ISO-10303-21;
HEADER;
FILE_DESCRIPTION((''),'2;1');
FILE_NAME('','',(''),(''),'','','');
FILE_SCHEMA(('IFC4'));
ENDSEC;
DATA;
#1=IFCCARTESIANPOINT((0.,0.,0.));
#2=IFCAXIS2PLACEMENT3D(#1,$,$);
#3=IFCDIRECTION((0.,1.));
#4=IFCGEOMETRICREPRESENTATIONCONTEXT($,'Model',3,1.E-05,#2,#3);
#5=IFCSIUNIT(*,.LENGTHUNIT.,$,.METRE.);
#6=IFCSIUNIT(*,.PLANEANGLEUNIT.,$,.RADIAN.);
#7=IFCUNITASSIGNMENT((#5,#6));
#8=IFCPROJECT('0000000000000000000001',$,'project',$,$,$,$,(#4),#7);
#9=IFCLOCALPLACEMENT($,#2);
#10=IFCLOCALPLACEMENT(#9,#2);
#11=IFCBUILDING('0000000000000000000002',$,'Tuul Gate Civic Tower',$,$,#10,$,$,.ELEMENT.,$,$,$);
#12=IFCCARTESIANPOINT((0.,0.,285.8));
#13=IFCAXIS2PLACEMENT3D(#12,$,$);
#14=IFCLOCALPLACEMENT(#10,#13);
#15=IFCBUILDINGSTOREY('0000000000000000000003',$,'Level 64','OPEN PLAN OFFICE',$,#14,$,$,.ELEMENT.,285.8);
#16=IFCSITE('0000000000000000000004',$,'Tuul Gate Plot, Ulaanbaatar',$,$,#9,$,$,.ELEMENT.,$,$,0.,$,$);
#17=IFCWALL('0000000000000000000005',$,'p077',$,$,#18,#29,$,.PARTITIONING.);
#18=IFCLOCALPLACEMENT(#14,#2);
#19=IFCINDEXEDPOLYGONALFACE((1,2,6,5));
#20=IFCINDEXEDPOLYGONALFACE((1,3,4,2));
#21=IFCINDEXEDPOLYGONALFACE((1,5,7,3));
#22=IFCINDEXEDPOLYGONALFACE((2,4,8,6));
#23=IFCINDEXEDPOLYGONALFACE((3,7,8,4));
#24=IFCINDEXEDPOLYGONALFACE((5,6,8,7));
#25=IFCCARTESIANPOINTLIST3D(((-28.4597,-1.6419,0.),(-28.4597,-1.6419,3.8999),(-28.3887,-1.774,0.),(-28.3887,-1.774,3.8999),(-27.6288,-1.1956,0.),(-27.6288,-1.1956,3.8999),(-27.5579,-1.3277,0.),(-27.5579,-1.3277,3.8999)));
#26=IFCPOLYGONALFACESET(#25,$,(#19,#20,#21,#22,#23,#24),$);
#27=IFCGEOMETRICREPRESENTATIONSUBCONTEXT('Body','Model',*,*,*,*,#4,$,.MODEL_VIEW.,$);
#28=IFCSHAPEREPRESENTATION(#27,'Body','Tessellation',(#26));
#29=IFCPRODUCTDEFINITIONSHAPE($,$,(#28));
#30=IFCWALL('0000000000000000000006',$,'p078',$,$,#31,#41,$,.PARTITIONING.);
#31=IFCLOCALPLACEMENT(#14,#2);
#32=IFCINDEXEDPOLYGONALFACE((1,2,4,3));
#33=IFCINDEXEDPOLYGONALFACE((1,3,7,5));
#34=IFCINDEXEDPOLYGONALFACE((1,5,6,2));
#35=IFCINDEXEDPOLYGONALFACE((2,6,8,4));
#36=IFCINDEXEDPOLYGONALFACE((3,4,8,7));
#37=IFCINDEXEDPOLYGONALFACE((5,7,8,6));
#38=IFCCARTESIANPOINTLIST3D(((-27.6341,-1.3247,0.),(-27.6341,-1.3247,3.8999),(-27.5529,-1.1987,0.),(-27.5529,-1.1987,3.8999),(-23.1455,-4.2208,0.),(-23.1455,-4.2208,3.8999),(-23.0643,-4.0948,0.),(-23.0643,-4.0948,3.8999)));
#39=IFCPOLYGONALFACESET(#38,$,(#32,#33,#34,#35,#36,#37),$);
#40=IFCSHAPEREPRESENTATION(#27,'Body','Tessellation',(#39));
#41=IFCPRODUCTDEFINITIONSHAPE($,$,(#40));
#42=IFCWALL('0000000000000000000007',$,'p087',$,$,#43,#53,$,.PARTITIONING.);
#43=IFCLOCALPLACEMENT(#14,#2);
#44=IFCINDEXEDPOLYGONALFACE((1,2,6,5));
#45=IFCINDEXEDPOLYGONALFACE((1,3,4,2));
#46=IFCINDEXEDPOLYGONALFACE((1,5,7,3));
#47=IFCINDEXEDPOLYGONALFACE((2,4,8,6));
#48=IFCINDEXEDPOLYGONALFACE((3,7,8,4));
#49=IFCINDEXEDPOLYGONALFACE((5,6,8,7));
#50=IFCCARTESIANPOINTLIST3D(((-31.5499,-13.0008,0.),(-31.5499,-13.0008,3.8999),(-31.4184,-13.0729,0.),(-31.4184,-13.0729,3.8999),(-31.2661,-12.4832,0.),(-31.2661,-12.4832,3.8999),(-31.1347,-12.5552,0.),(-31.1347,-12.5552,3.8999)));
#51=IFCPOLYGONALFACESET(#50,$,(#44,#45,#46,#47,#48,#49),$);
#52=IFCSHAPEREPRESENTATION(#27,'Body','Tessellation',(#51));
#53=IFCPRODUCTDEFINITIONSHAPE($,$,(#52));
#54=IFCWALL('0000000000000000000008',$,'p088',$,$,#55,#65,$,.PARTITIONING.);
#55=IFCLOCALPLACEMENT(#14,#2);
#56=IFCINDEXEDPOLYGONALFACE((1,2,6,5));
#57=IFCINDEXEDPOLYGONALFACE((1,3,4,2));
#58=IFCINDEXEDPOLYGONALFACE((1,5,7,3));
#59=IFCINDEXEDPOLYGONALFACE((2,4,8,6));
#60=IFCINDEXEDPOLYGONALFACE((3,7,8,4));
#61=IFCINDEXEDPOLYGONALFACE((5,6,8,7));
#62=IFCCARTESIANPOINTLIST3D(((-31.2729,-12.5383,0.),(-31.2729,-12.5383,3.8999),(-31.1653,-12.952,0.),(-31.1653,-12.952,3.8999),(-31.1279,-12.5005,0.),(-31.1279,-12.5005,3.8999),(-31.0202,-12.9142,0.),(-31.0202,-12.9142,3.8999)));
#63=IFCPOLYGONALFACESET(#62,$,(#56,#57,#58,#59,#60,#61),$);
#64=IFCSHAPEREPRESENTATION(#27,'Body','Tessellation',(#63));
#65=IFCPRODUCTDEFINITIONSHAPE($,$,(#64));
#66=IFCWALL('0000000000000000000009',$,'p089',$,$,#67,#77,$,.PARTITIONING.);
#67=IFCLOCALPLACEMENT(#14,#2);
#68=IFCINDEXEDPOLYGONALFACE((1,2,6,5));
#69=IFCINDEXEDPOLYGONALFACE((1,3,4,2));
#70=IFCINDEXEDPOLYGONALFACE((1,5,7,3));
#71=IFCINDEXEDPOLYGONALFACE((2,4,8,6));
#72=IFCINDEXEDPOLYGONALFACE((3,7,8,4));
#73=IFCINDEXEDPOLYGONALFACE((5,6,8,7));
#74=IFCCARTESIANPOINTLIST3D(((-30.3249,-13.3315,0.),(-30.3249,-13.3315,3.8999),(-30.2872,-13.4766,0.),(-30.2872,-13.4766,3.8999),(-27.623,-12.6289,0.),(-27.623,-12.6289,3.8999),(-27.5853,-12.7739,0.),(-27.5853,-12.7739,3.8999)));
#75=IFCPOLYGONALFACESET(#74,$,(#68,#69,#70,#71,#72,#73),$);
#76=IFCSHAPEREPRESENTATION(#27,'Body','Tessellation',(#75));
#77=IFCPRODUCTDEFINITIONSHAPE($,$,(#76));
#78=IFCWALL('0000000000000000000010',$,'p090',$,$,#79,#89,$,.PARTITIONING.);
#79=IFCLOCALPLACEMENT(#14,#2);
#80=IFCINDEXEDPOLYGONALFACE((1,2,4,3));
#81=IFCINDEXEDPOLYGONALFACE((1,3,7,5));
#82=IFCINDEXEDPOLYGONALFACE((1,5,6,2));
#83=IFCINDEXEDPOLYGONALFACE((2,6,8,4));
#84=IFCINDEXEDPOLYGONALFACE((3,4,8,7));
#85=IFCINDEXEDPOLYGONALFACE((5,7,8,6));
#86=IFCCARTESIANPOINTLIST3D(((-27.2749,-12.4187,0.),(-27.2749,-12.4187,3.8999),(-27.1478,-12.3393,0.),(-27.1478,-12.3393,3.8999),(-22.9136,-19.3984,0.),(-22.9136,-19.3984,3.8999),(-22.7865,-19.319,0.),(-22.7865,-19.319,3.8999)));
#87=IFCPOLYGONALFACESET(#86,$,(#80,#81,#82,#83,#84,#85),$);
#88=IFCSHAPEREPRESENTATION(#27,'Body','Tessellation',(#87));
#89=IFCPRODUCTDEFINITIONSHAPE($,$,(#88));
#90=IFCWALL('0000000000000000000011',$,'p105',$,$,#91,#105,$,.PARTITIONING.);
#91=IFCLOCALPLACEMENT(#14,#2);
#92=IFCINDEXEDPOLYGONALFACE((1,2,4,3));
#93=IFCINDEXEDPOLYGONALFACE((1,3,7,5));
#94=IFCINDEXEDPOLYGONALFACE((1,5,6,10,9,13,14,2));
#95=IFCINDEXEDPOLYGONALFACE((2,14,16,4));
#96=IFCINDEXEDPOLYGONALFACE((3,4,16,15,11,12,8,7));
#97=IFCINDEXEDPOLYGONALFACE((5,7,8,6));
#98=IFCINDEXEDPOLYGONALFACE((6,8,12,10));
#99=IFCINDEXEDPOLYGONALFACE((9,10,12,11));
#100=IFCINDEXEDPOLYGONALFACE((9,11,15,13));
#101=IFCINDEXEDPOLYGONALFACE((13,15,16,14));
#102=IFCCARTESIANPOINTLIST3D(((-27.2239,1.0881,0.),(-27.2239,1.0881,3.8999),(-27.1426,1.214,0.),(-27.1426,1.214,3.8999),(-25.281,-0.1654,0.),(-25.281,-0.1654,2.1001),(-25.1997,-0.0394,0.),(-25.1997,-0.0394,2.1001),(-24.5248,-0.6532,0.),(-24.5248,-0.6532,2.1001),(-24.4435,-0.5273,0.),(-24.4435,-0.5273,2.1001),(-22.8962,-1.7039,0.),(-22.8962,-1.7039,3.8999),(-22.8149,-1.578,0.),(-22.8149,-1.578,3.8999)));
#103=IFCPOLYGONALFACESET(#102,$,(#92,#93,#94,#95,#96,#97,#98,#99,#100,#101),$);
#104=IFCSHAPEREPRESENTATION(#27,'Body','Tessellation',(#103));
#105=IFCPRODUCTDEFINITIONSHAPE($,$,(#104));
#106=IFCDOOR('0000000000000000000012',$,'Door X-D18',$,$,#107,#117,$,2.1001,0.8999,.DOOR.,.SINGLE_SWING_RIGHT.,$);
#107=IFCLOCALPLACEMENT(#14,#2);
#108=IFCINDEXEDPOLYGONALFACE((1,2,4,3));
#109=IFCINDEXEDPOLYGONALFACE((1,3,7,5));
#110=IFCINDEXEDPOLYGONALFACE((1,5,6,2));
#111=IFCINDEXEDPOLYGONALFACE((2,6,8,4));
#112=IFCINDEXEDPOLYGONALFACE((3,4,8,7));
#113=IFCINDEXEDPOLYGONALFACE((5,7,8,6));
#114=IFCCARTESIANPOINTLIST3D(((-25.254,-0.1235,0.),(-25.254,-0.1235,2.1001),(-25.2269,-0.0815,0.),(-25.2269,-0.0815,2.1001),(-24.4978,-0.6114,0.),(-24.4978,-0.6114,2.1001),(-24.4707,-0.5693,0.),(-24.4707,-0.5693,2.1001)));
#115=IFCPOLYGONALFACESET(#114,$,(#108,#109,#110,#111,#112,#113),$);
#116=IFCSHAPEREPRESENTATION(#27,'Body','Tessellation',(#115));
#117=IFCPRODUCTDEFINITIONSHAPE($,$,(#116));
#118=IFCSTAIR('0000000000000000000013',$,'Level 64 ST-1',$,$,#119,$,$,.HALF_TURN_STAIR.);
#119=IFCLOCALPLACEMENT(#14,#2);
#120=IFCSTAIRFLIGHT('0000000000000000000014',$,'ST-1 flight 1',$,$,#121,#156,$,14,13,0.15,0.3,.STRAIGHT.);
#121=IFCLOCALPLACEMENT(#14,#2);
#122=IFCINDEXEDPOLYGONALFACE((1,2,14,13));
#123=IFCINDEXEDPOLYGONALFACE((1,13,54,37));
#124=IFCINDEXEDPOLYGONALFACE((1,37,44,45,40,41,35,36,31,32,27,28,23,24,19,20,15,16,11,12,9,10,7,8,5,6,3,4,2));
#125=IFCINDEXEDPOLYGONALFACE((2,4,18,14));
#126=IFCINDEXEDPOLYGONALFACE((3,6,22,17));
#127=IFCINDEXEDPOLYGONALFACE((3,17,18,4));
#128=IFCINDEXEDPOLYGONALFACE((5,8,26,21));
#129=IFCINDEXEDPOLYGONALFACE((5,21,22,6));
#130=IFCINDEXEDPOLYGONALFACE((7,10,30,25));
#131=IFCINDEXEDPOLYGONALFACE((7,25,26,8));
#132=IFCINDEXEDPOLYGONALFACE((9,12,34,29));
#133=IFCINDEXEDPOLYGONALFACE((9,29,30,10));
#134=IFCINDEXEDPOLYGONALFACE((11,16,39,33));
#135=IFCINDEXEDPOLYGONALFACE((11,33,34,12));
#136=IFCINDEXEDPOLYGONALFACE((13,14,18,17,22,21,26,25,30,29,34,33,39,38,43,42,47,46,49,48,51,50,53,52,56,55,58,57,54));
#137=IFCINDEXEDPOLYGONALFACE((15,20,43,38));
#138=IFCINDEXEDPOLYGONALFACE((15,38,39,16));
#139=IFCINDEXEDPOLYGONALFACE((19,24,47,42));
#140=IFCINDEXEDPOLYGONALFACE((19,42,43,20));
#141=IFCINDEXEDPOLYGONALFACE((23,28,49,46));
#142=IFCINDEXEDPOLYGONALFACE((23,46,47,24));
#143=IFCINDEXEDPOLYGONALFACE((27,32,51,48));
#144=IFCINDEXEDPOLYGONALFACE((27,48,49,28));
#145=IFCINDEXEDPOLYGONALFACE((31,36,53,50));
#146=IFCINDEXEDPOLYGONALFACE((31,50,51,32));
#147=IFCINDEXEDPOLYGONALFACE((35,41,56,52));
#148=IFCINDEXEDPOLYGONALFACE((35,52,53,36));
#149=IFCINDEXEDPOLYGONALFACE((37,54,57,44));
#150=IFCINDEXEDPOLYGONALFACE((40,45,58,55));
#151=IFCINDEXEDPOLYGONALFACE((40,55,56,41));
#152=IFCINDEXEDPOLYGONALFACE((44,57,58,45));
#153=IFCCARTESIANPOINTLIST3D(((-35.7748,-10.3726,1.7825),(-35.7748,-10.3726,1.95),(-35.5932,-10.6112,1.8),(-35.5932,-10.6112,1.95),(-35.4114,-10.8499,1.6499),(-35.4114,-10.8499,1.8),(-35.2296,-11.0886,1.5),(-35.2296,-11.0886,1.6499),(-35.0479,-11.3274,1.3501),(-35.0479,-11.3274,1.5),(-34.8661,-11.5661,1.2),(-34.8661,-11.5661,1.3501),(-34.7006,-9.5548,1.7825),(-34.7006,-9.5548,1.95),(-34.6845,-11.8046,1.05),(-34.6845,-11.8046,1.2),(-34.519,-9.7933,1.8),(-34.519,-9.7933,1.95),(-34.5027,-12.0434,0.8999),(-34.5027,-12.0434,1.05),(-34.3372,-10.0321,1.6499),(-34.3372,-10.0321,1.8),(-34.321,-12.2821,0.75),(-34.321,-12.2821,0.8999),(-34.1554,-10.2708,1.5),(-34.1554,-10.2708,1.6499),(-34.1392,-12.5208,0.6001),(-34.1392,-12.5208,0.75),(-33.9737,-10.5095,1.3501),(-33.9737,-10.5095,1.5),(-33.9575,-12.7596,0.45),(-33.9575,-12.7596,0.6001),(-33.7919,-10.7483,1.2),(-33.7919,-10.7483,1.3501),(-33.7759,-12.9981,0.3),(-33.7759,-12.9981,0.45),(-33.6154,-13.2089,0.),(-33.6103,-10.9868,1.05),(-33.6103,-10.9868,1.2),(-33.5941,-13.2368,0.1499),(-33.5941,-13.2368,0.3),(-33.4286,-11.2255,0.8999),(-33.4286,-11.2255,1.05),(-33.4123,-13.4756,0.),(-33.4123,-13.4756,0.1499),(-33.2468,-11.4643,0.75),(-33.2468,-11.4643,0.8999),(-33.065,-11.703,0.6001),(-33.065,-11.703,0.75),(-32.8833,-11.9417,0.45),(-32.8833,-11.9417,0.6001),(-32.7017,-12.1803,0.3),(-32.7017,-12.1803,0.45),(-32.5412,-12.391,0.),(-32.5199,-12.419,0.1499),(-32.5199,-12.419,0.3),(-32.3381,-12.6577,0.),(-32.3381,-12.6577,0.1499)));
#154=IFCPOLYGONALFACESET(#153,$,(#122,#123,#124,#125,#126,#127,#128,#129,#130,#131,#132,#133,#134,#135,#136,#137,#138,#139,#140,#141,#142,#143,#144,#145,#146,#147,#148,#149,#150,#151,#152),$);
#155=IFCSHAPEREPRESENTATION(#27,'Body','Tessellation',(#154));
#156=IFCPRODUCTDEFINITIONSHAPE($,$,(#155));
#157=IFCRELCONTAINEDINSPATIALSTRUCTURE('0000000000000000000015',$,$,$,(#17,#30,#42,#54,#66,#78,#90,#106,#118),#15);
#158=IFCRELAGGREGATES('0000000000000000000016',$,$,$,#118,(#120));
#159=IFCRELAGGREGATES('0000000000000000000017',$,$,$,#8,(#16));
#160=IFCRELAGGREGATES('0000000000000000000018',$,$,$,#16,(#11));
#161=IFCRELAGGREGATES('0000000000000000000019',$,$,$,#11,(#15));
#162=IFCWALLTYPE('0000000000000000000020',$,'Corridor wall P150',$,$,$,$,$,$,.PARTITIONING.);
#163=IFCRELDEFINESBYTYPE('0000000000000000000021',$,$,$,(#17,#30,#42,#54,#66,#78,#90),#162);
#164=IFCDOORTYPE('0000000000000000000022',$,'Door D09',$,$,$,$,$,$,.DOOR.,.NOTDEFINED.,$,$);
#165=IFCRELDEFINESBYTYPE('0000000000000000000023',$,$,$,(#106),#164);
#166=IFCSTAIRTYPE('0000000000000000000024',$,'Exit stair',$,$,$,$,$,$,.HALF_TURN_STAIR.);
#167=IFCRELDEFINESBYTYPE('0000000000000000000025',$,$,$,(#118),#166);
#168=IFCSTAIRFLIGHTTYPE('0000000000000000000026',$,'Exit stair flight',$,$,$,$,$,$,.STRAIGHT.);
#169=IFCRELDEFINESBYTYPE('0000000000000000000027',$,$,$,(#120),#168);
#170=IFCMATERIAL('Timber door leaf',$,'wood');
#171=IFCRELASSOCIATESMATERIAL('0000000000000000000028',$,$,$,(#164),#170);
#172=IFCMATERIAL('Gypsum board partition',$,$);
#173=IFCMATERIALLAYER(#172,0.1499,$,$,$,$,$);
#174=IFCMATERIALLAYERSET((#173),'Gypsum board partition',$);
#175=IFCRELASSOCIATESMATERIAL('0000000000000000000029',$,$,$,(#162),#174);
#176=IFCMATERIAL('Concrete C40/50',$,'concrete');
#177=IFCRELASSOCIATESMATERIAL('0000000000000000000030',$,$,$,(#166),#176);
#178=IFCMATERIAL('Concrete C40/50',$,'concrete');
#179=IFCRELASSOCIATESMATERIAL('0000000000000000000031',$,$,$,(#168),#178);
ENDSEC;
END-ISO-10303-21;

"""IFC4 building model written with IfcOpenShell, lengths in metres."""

from ifc_helpers import new_model, si_unit, direction, frame, frame_2d, origin, place, context, subcontext, project, spatial, polyline, rectangle, outline, extrude, material, layer, layer_set, type_object, element, fill, aggregate, save


model = new_model("IFC4")

# Units and contexts
model_context = context("Model", 3, precision=1e-05, world=origin(), true_north=direction((0.0, 1.0)))
body_context = subcontext(model_context, "Body", "Model", "MODEL_VIEW")
ifc_project = project(units=[si_unit("LENGTHUNIT", "METRE"), si_unit("PLANEANGLEUNIT", "RADIAN")], contexts=[model_context])

# Site, building, storey
site_placement = place(None, origin())
site = spatial("IfcSite", under=ifc_project, at=site_placement, Name="Tuul Gate Plot, Ulaanbaatar", CompositionType="ELEMENT", RefElevation=0.0)
building_placement = place(site_placement, origin())
building = spatial("IfcBuilding", under=site, at=building_placement, Name="Tuul Gate Civic Tower", CompositionType="ELEMENT")
storey_placement = place(building_placement, frame((0.0, 0.0, 285.8)))
storey = spatial("IfcBuildingStorey", under=building, at=storey_placement, Name="Level 64", Description="OPEN PLAN OFFICE", CompositionType="ELEMENT", Elevation=285.8)

# Shared definitions
ifc_material_1 = material(Name="Timber door leaf", Category="wood")
door_type_1 = type_object("IfcDoorType", Name="Door D09", OperationType="NOTDEFINED", PredefinedType="DOOR", material=ifc_material_1)

# Walls
ifc_material_2 = material(Name="Gypsum board partition")
ifc_layer_1 = layer(ifc_material_2, 0.1499)
ifc_layer_set_1 = layer_set([ifc_layer_1], Name="Gypsum board partition")
wall_type_1 = type_object("IfcWallType", Name="Corridor wall P150", PredefinedType="PARTITIONING", material=ifc_layer_set_1)
wall_1_placement = place(storey_placement, frame((-28.4243, -1.708, 0.0), z_axis=(0.0, 0.0, 1.0), x_axis=(0.880944, 0.47322, 0.0)))
element("IfcWall", 1, at=wall_1_placement, inside=storey, type_object=wall_type_1, Name="p077", PredefinedType="PARTITIONING", context=body_context, shape_type="SweptSolid", body=[
    extrude(rectangle(XDim=0.9431, YDim=0.1499, at=frame_2d((0.4717, 0.0))), origin(), (0.0, 0.0, 1.0), 3.8999),
])
wall_2_placement = place(storey_placement, frame((-27.5935, -1.2617, 0.0), z_axis=(0.0, 0.0, 1.0), x_axis=(0.840282, -0.54215, 0.0)))
element("IfcWall", 2, at=wall_2_placement, inside=storey, type_object=wall_type_1, Name="p078", PredefinedType="PARTITIONING", context=body_context, shape_type="SweptSolid", body=[
    extrude(rectangle(XDim=5.3418, YDim=0.1499, at=frame_2d((2.6709, 0.0))), origin(), (0.0, 0.0, 1.0), 3.8999),
])
wall_3_placement = place(storey_placement, frame((-31.4841, -13.0369, 0.0), z_axis=(0.0, 0.0, 1.0), x_axis=(0.480648, 0.876914, 0.0)))
element("IfcWall", 3, at=wall_3_placement, inside=storey, type_object=wall_type_1, Name="p087", PredefinedType="PARTITIONING", context=body_context, shape_type="SweptSolid", body=[
    extrude(rectangle(XDim=0.5903, YDim=0.1499, at=frame_2d((0.2952, 0.0))), origin(), (0.0, 0.0, 1.0), 3.8999),
])
wall_4_placement = place(storey_placement, frame((-31.2004, -12.5193, 0.0), z_axis=(0.0, 0.0, 1.0), x_axis=(0.251794, -0.967781, 0.0)))
element("IfcWall", 4, at=wall_4_placement, inside=storey, type_object=wall_type_1, Name="p088", PredefinedType="PARTITIONING", context=body_context, shape_type="SweptSolid", body=[
    extrude(rectangle(XDim=0.4275, YDim=0.1499, at=frame_2d((0.2139, 0.0))), origin(), (0.0, 0.0, 1.0), 3.8999),
])
wall_5_placement = place(storey_placement, frame((-30.3062, -13.4041, 0.0), z_axis=(0.0, 0.0, 1.0), x_axis=(0.96781, 0.251681, 0.0)))
element("IfcWall", 5, at=wall_5_placement, inside=storey, type_object=wall_type_1, Name="p089", PredefinedType="PARTITIONING", context=body_context, shape_type="SweptSolid", body=[
    extrude(rectangle(XDim=2.7917, YDim=0.1499, at=frame_2d((1.396, 0.0))), origin(), (0.0, 0.0, 1.0), 3.8999),
])
wall_6_placement = place(storey_placement, frame((-27.2114, -12.3789, 0.0), z_axis=(0.0, 0.0, 1.0), x_axis=(0.529911, -0.848053, 0.0)))
element("IfcWall", 6, at=wall_6_placement, inside=storey, type_object=wall_type_1, Name="p090", PredefinedType="PARTITIONING", context=body_context, shape_type="SweptSolid", body=[
    extrude(rectangle(XDim=8.2302, YDim=0.1499, at=frame_2d((4.1152, 0.0))), origin(), (0.0, 0.0, 1.0), 3.8999),
])

# Wall, opening, door
wall_7_placement = place(storey_placement, frame((-27.1833, 1.1511, 0.0), z_axis=(0.0, 0.0, 1.0), x_axis=(0.840299, -0.542123, 0.0)))
wall_7 = element("IfcWall", 7, at=wall_7_placement, inside=storey, type_object=wall_type_1, Name="p105", PredefinedType="PARTITIONING", context=body_context, shape_type="SweptSolid", body=[
    extrude(rectangle(XDim=5.1501, YDim=0.1499, at=frame_2d((2.5752, 0.0))), origin(), (0.0, 0.0, 1.0), 3.8999),
])
opening_1_placement = place(wall_7_placement, frame((2.3123, 0.0, 0.0)))
opening_1 = element("IfcOpeningElement", 8, at=opening_1_placement, cuts=wall_7, PredefinedType="OPENING", context=body_context, shape_type="SweptSolid", body=[
    extrude(rectangle(XDim=0.8999, YDim=2.1001, at=frame_2d((0.45, 1.05))), frame((0.0, 0.085, 0.0), z_axis=(0.0, -1.0, 0.0), x_axis=(1.0, 0.0, 0.0)), (0.0, 0.0, 1.0), 0.1699),
])
door_1_placement = place(opening_1_placement, origin())
door_1 = element("IfcDoor", 9, at=door_1_placement, inside=storey, type_object=door_type_1, Name="Door X-D18", OperationType="SINGLE_SWING_RIGHT", OverallHeight=2.1001, OverallWidth=0.8999, PredefinedType="DOOR", context=body_context, shape_type="SweptSolid", body=[
    extrude(rectangle(XDim=0.8999, YDim=2.1001, at=frame_2d((0.45, 1.05))), frame((0.0, 0.0249, 0.0), z_axis=(0.0, -1.0, 0.0), x_axis=(1.0, 0.0, 0.0)), (0.0, 0.0, 1.0), 0.05),
])
fill(opening_1, door_1)

# Stair, stair flight
ifc_material_3 = material(Name="Concrete C40/50", Category="concrete")
stair_type = type_object("IfcStairType", Name="Exit stair", PredefinedType="HALF_TURN_STAIR", material=ifc_material_3)
stair_1_placement = place(storey_placement, origin())
stair_1 = element("IfcStair", 10, at=stair_1_placement, inside=storey, type_object=stair_type, Name="Level 64 ST-1", PredefinedType="HALF_TURN_STAIR")
ifc_material_4 = material(Name="Concrete C40/50", Category="concrete")
stair_flight_type = type_object("IfcStairFlightType", Name="Exit stair flight", PredefinedType="STRAIGHT", material=ifc_material_4)
stair_flight_1_placement = place(storey_placement, frame((-32.8752, -13.0667, 0.0), z_axis=(0.0, 0.0, 1.0), x_axis=(-0.605764, 0.795644, 0.0)))
stair_flight_1 = element("IfcStairFlight", 11, at=stair_flight_1_placement, type_object=stair_flight_type, Name="ST-1 flight 1", NumberOfRisers=14, NumberOfTreads=13, PredefinedType="STRAIGHT", RiserHeight=0.15, TreadLength=0.3, context=body_context, shape_type="SweptSolid", body=[
    extrude(outline(polyline([(0.0, 0.0), (0.0, 0.1499), (0.3, 0.1499), (0.3, 0.3), (0.6001, 0.3), (0.6001, 0.45), (0.8999, 0.45), (0.8999, 0.6001), (1.2, 0.6001), (1.2, 0.75), (1.5, 0.75), (1.5, 0.8999), (1.8, 0.8999), (1.8, 1.05), (2.1001, 1.05), (2.1001, 1.2), (2.3999, 1.2), (2.3999, 1.3501), (2.7, 1.3501), (2.7, 1.5), (3.0, 1.5), (3.0, 1.6499), (3.3, 1.6499), (3.3, 1.8), (3.6001, 1.8), (3.6001, 1.95), (3.8999, 1.95), (3.8999, 2.1001), (3.8999, 1.7825), (0.3352, 0.0), (0.0, 0.0)])), frame((0.0, 0.675, 0.0), z_axis=(0.0, -1.0, 0.0), x_axis=(1.0, 0.0, 0.0)), (0.0, 0.0, 1.0), 1.3501),
])
aggregate(stair_1, [stair_flight_1])

save(model, "model.ifc")
